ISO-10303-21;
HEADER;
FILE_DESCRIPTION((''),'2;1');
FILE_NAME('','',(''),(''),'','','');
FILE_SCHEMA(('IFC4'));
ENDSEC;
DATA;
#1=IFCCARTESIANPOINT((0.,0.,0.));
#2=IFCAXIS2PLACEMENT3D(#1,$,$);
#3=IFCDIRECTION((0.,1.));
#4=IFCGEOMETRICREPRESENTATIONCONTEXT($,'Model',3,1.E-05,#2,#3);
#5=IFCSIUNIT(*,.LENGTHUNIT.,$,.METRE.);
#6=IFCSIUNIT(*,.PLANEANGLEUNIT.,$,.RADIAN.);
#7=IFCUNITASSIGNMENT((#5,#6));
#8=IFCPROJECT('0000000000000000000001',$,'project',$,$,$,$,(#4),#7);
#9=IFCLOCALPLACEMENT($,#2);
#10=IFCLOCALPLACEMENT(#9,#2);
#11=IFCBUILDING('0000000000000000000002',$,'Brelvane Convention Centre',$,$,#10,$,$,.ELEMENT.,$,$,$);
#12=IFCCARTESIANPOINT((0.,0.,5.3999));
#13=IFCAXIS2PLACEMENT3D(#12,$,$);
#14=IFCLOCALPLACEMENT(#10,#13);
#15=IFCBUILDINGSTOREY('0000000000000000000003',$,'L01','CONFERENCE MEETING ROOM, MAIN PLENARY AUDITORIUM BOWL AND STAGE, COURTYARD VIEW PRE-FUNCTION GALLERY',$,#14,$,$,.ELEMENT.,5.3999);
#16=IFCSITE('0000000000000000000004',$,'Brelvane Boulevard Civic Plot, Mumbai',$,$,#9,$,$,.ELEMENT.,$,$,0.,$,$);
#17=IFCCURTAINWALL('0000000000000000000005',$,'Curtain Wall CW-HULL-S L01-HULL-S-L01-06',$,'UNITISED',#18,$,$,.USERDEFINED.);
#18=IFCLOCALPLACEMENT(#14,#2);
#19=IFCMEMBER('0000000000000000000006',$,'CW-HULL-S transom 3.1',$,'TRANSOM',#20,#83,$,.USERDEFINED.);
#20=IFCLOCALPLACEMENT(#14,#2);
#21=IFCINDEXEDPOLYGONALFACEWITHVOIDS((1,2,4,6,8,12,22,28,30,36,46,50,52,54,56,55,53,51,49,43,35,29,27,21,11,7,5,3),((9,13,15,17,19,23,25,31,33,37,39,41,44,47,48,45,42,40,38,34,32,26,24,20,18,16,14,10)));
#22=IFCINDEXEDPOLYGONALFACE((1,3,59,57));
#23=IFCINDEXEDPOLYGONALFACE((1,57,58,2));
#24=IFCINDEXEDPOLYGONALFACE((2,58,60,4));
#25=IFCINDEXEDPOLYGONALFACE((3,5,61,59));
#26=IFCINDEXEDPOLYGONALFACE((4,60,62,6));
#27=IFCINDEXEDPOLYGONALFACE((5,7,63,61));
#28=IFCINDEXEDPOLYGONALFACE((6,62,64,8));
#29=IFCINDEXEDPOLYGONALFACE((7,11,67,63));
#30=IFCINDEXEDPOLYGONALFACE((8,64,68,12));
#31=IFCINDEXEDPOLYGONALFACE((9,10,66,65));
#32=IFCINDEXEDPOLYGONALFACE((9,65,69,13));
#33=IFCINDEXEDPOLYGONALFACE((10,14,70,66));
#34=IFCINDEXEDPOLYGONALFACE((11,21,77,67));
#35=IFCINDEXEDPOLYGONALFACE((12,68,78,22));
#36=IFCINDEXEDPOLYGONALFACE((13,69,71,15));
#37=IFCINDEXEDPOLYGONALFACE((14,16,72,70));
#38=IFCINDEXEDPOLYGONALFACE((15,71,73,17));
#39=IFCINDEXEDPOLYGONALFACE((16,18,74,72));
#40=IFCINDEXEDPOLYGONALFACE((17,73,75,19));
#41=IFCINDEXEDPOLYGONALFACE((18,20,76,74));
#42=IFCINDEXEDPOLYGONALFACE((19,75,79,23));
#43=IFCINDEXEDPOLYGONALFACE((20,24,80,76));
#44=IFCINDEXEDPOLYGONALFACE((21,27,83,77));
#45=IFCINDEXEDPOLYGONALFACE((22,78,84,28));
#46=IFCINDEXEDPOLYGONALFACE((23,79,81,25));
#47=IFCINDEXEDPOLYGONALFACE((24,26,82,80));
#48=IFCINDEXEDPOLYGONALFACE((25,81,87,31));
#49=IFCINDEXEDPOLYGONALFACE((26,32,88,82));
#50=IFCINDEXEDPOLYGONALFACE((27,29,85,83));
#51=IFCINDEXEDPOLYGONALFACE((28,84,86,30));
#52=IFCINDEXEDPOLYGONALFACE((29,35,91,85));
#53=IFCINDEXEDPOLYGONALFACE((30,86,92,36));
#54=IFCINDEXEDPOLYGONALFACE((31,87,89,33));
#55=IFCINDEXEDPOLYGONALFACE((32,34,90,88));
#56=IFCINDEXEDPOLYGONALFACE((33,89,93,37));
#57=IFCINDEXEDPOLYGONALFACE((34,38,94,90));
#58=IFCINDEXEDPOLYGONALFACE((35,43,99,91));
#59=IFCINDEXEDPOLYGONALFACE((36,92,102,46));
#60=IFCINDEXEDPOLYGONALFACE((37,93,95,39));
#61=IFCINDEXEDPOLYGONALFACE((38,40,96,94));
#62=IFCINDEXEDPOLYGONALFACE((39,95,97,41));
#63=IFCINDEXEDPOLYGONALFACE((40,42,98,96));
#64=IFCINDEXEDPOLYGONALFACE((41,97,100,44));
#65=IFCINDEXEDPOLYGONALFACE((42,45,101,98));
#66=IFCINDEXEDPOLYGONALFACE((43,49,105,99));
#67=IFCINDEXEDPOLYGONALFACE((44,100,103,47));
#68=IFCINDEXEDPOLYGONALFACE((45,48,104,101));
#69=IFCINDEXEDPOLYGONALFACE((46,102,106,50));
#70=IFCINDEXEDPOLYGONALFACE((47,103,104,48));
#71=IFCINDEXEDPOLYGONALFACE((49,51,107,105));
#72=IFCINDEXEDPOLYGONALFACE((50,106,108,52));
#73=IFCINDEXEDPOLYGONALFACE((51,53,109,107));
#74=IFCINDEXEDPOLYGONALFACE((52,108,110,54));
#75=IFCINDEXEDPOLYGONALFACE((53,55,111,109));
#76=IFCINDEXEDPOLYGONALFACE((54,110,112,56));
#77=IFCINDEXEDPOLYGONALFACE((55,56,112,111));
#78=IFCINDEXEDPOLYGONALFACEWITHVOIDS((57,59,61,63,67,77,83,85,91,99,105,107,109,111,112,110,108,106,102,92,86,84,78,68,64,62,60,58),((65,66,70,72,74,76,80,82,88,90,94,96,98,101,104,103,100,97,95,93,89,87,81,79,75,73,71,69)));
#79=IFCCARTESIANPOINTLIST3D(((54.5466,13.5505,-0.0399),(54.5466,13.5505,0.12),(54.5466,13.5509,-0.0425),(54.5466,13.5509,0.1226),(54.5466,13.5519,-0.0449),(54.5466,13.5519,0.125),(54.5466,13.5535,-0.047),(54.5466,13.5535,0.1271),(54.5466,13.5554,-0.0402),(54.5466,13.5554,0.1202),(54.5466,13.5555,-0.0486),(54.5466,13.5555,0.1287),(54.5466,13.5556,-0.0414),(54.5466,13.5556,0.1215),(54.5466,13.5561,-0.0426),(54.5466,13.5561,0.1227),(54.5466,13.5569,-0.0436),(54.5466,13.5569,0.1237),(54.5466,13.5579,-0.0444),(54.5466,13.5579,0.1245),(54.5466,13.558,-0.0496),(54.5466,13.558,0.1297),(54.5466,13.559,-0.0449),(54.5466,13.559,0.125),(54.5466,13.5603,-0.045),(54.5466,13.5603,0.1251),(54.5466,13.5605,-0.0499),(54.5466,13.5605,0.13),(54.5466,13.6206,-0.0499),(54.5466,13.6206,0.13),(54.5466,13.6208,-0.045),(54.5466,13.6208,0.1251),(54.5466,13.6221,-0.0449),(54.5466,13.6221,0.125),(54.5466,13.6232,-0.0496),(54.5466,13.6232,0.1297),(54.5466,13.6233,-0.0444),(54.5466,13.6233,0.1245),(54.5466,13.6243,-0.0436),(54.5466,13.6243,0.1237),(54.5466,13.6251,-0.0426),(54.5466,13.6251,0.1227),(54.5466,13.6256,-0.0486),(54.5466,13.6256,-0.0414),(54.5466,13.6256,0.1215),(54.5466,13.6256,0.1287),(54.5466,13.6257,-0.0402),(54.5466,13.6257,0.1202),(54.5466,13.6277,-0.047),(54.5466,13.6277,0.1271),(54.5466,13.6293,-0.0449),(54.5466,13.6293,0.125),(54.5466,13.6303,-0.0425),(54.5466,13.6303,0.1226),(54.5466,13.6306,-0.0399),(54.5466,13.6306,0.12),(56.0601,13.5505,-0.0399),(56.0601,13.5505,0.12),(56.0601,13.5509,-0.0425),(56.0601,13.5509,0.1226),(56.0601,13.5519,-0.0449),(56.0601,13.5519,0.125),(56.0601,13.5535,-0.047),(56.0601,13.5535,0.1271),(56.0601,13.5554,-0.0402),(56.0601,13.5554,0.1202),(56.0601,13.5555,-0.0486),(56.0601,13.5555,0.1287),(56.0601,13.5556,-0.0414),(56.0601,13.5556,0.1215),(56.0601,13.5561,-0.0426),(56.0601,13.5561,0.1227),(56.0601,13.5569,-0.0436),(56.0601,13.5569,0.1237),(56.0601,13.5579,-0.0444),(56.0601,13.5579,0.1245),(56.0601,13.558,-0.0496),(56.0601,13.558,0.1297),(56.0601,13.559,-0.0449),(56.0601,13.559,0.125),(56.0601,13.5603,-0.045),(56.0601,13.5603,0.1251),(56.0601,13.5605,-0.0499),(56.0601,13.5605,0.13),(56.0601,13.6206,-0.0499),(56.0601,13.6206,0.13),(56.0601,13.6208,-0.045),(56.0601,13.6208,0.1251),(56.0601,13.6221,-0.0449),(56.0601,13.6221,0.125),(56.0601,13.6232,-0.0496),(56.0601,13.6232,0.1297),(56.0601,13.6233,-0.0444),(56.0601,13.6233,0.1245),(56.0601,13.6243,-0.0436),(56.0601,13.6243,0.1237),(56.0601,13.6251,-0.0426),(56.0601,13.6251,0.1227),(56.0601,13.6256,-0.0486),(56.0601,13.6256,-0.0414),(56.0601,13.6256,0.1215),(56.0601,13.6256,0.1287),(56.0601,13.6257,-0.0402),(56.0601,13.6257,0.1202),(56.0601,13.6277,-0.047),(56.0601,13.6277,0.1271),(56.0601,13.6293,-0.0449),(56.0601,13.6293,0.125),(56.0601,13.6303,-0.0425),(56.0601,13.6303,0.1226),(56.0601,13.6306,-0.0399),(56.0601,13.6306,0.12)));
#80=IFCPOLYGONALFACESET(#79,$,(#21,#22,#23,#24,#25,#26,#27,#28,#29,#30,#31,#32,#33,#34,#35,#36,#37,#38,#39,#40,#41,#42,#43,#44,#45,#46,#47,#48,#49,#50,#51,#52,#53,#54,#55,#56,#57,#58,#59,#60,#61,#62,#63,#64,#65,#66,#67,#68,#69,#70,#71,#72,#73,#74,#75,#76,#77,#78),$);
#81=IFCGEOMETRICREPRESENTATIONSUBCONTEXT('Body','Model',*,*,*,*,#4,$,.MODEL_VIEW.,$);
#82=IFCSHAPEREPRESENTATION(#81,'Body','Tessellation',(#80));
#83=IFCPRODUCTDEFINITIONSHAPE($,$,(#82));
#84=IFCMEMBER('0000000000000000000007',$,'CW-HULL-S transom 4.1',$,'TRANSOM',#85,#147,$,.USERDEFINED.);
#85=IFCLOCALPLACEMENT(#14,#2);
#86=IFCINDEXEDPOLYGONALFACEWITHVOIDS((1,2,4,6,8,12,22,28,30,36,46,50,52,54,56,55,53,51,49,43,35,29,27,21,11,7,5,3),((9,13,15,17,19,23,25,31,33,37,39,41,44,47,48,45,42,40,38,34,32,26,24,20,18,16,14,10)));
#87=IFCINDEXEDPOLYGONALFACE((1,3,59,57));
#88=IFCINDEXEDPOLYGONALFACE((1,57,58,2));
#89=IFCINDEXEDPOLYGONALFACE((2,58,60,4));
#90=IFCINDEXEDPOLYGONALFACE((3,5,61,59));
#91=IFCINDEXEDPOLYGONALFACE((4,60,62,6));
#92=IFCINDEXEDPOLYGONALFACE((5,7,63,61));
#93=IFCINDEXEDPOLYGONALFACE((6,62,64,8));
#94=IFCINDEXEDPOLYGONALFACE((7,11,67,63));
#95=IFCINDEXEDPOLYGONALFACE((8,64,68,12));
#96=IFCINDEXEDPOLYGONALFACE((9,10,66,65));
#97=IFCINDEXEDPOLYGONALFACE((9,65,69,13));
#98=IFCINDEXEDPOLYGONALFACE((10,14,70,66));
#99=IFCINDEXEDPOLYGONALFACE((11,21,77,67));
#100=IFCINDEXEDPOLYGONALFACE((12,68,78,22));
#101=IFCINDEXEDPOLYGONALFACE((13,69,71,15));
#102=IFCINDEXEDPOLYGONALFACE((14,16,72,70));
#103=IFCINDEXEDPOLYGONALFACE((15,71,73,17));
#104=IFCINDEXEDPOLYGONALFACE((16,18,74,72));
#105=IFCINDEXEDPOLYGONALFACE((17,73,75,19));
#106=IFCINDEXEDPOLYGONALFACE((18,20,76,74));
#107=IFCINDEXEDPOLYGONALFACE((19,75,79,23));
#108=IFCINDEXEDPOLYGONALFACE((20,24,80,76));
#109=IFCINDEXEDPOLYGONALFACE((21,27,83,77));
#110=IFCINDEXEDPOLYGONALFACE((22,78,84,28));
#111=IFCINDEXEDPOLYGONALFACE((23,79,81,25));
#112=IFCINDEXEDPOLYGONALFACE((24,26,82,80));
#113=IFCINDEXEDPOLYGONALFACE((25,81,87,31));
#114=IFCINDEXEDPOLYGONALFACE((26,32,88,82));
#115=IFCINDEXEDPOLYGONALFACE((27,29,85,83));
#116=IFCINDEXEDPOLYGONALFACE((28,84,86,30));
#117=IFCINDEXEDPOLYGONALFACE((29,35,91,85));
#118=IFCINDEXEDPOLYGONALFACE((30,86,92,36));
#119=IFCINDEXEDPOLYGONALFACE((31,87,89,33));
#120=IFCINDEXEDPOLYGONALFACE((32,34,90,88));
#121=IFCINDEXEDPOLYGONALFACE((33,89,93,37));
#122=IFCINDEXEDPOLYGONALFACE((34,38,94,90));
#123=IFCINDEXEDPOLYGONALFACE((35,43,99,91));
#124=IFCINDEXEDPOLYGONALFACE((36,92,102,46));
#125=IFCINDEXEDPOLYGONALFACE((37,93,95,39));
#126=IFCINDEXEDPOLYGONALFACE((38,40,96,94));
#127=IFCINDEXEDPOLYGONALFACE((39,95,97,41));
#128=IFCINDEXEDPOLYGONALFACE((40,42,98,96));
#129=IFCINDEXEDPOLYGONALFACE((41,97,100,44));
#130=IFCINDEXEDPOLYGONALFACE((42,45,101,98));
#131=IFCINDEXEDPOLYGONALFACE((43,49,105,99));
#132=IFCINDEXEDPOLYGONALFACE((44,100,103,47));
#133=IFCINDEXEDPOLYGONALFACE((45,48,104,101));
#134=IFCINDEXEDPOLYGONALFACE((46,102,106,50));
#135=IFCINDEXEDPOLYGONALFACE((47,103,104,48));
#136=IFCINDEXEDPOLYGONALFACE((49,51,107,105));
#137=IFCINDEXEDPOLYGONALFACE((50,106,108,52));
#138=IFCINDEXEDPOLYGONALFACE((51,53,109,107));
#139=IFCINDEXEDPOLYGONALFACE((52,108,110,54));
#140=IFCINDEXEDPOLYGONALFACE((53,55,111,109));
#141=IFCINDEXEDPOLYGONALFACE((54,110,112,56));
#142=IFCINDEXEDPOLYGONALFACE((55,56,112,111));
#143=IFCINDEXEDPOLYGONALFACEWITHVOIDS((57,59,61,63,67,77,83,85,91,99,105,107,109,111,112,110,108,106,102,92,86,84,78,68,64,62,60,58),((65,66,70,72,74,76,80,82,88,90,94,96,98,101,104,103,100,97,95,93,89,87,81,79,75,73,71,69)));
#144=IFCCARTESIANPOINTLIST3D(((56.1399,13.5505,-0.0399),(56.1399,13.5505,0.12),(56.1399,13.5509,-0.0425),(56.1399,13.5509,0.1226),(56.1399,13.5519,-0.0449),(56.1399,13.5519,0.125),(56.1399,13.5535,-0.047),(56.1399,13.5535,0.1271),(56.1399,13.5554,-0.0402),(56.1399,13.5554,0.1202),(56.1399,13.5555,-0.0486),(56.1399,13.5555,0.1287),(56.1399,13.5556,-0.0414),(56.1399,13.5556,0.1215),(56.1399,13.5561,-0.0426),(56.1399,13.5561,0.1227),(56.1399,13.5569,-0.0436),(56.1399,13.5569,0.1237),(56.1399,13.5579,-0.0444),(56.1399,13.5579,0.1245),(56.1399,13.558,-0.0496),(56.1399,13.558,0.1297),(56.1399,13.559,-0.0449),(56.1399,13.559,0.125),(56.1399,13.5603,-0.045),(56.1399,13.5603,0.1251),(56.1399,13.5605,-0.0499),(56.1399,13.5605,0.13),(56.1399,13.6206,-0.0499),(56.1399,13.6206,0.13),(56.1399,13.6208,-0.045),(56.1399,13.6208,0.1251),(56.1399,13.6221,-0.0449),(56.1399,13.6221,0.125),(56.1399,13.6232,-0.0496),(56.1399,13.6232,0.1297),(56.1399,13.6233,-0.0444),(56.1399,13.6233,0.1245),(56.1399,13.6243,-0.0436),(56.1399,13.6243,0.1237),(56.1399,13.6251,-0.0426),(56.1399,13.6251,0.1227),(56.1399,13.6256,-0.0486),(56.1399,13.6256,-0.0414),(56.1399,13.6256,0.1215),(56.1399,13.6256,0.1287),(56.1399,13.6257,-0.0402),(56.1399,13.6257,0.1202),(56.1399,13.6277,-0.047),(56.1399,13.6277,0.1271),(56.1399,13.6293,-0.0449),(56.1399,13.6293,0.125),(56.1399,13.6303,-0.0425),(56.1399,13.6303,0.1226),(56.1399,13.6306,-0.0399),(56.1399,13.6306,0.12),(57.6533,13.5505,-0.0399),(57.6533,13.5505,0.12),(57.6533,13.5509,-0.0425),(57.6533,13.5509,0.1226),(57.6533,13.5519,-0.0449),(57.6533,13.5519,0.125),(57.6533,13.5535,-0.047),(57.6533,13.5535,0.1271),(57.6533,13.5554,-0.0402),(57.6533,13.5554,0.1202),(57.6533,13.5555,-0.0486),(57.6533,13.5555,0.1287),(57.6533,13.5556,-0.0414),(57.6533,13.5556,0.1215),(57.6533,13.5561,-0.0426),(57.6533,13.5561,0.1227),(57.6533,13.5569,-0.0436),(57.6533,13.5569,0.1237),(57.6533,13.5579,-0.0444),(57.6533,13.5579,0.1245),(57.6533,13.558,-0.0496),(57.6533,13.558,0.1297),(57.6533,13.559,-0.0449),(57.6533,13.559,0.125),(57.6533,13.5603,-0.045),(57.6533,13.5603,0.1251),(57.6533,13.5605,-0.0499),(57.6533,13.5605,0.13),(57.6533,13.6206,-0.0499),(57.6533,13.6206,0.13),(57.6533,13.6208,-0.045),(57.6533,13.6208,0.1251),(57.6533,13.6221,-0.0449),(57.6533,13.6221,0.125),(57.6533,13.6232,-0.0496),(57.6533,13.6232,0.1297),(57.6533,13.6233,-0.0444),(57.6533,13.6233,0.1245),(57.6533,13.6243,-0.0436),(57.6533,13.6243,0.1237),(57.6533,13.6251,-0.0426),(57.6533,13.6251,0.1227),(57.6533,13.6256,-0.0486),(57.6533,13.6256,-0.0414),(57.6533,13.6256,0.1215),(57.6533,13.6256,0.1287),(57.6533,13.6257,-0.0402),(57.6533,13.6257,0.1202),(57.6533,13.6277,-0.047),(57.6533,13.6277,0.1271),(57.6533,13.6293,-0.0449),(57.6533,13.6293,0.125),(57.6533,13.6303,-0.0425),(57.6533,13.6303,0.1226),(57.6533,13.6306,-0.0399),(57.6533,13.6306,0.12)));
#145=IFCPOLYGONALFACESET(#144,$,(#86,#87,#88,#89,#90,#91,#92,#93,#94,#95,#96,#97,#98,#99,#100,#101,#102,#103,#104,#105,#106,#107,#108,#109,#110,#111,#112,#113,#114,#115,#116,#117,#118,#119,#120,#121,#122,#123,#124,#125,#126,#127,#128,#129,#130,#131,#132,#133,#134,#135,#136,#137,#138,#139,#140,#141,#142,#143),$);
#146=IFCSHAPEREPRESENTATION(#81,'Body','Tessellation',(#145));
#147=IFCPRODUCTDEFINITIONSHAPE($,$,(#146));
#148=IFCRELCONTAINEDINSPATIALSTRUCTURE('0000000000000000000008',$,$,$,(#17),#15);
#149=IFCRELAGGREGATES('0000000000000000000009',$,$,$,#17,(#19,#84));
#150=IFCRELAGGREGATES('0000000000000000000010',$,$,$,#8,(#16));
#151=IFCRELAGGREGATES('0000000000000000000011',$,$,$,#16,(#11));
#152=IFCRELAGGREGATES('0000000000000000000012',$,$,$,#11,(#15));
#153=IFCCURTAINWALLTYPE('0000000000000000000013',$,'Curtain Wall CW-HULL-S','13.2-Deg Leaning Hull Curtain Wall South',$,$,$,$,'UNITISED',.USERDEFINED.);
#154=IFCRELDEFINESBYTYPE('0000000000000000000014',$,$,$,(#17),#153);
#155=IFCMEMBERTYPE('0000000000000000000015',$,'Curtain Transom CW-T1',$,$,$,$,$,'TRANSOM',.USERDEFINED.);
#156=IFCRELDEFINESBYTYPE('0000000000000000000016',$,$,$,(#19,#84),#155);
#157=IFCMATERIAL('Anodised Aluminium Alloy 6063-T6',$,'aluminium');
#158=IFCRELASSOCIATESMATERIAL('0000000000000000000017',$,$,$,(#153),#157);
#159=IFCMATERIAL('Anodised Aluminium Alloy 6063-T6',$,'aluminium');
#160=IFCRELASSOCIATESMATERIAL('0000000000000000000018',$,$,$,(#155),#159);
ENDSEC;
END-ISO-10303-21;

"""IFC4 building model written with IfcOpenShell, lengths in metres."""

from ifc_helpers import new_model, si_unit, direction, frame, origin, origin_2d, place, context, subcontext, project, spatial, hollow_rectangle, extrude, material, material_profile, profile_set, type_object, element, aggregate, save


model = new_model("IFC4")

# Units and contexts
model_context = context("Model", 3, precision=1e-05, world=origin(), true_north=direction((0.0, 1.0)))
body_context = subcontext(model_context, "Body", "Model", "MODEL_VIEW")
ifc_project = project(units=[si_unit("LENGTHUNIT", "METRE"), si_unit("PLANEANGLEUNIT", "RADIAN")], contexts=[model_context])

# Site, building, storey
site_placement = place(None, origin())
site = spatial("IfcSite", under=ifc_project, at=site_placement, Name="Brelvane Boulevard Civic Plot, Mumbai", CompositionType="ELEMENT", RefElevation=0.0)
building_placement = place(site_placement, origin())
building = spatial("IfcBuilding", under=site, at=building_placement, Name="Brelvane Convention Centre", CompositionType="ELEMENT")
storey_placement = place(building_placement, frame((0.0, 0.0, 5.3999)))
storey = spatial("IfcBuildingStorey", under=building, at=storey_placement, Name="L01", Description="CONFERENCE MEETING ROOM, MAIN PLENARY AUDITORIUM BOWL AND STAGE, COURTYARD VIEW PRE-FUNCTION GALLERY", CompositionType="ELEMENT", Elevation=5.3999)

# Curtain wall
ifc_material_1 = material(Name="Anodised Aluminium Alloy 6063-T6", Category="aluminium")
curtain_wall_type = type_object("IfcCurtainWallType", Name="Curtain Wall CW-HULL-S", Description="13.2-Deg Leaning Hull Curtain Wall South", ElementType="UNITISED", PredefinedType="USERDEFINED", material=ifc_material_1)
curtain_wall_1_placement = place(storey_placement, origin())
curtain_wall_1 = element("IfcCurtainWall", 1, at=curtain_wall_1_placement, inside=storey, type_object=curtain_wall_type, Name="Curtain Wall CW-HULL-S L01-HULL-S-L01-06", ObjectType="UNITISED", PredefinedType="USERDEFINED")

# Members
ifc_material_2 = material(Name="Anodised Aluminium Alloy 6063-T6", Category="aluminium")
ifc_material_profile_1 = material_profile(ifc_material_2, hollow_rectangle(XDim=0.0801, YDim=0.1799, WallThickness=0.0049, InnerFilletRadius=0.0049, OuterFilletRadius=0.01, at=origin_2d()), Name="ALU-T 180x80x5.0")
ifc_profile_set_1 = profile_set([ifc_material_profile_1], Name="Anodised Aluminium Alloy 6063-T6")
member_type_1 = type_object("IfcMemberType", Name="Curtain Transom CW-T1", ElementType="TRANSOM", PredefinedType="USERDEFINED", material=ifc_profile_set_1)
member_1_placement = place(storey_placement, frame((54.5466, 13.5906, 0.04), z_axis=(1.0, 0.0, 0.0), x_axis=(0.0, 1.0, 0.0)))
member_1 = element("IfcMember", 2, at=member_1_placement, type_object=member_type_1, Name="CW-HULL-S transom 3.1", ObjectType="TRANSOM", PredefinedType="USERDEFINED", context=body_context, shape_type="SweptSolid", body=[
    extrude(hollow_rectangle(XDim=0.0801, YDim=0.1799, WallThickness=0.0049, InnerFilletRadius=0.0049, OuterFilletRadius=0.01, at=origin_2d()), origin(), (0.0, 0.0, 1.0), 1.5134),
])
member_2_placement = place(storey_placement, frame((56.1399, 13.5906, 0.04), z_axis=(1.0, 0.0, 0.0), x_axis=(0.0, 1.0, 0.0)))
member_2 = element("IfcMember", 3, at=member_2_placement, type_object=member_type_1, Name="CW-HULL-S transom 4.1", ObjectType="TRANSOM", PredefinedType="USERDEFINED", context=body_context, shape_type="SweptSolid", body=[
    extrude(hollow_rectangle(XDim=0.0801, YDim=0.1799, WallThickness=0.0049, InnerFilletRadius=0.0049, OuterFilletRadius=0.01, at=origin_2d()), origin(), (0.0, 0.0, 1.0), 1.5134),
])

aggregate(curtain_wall_1, [member_1, member_2])

save(model, "model.ifc")
